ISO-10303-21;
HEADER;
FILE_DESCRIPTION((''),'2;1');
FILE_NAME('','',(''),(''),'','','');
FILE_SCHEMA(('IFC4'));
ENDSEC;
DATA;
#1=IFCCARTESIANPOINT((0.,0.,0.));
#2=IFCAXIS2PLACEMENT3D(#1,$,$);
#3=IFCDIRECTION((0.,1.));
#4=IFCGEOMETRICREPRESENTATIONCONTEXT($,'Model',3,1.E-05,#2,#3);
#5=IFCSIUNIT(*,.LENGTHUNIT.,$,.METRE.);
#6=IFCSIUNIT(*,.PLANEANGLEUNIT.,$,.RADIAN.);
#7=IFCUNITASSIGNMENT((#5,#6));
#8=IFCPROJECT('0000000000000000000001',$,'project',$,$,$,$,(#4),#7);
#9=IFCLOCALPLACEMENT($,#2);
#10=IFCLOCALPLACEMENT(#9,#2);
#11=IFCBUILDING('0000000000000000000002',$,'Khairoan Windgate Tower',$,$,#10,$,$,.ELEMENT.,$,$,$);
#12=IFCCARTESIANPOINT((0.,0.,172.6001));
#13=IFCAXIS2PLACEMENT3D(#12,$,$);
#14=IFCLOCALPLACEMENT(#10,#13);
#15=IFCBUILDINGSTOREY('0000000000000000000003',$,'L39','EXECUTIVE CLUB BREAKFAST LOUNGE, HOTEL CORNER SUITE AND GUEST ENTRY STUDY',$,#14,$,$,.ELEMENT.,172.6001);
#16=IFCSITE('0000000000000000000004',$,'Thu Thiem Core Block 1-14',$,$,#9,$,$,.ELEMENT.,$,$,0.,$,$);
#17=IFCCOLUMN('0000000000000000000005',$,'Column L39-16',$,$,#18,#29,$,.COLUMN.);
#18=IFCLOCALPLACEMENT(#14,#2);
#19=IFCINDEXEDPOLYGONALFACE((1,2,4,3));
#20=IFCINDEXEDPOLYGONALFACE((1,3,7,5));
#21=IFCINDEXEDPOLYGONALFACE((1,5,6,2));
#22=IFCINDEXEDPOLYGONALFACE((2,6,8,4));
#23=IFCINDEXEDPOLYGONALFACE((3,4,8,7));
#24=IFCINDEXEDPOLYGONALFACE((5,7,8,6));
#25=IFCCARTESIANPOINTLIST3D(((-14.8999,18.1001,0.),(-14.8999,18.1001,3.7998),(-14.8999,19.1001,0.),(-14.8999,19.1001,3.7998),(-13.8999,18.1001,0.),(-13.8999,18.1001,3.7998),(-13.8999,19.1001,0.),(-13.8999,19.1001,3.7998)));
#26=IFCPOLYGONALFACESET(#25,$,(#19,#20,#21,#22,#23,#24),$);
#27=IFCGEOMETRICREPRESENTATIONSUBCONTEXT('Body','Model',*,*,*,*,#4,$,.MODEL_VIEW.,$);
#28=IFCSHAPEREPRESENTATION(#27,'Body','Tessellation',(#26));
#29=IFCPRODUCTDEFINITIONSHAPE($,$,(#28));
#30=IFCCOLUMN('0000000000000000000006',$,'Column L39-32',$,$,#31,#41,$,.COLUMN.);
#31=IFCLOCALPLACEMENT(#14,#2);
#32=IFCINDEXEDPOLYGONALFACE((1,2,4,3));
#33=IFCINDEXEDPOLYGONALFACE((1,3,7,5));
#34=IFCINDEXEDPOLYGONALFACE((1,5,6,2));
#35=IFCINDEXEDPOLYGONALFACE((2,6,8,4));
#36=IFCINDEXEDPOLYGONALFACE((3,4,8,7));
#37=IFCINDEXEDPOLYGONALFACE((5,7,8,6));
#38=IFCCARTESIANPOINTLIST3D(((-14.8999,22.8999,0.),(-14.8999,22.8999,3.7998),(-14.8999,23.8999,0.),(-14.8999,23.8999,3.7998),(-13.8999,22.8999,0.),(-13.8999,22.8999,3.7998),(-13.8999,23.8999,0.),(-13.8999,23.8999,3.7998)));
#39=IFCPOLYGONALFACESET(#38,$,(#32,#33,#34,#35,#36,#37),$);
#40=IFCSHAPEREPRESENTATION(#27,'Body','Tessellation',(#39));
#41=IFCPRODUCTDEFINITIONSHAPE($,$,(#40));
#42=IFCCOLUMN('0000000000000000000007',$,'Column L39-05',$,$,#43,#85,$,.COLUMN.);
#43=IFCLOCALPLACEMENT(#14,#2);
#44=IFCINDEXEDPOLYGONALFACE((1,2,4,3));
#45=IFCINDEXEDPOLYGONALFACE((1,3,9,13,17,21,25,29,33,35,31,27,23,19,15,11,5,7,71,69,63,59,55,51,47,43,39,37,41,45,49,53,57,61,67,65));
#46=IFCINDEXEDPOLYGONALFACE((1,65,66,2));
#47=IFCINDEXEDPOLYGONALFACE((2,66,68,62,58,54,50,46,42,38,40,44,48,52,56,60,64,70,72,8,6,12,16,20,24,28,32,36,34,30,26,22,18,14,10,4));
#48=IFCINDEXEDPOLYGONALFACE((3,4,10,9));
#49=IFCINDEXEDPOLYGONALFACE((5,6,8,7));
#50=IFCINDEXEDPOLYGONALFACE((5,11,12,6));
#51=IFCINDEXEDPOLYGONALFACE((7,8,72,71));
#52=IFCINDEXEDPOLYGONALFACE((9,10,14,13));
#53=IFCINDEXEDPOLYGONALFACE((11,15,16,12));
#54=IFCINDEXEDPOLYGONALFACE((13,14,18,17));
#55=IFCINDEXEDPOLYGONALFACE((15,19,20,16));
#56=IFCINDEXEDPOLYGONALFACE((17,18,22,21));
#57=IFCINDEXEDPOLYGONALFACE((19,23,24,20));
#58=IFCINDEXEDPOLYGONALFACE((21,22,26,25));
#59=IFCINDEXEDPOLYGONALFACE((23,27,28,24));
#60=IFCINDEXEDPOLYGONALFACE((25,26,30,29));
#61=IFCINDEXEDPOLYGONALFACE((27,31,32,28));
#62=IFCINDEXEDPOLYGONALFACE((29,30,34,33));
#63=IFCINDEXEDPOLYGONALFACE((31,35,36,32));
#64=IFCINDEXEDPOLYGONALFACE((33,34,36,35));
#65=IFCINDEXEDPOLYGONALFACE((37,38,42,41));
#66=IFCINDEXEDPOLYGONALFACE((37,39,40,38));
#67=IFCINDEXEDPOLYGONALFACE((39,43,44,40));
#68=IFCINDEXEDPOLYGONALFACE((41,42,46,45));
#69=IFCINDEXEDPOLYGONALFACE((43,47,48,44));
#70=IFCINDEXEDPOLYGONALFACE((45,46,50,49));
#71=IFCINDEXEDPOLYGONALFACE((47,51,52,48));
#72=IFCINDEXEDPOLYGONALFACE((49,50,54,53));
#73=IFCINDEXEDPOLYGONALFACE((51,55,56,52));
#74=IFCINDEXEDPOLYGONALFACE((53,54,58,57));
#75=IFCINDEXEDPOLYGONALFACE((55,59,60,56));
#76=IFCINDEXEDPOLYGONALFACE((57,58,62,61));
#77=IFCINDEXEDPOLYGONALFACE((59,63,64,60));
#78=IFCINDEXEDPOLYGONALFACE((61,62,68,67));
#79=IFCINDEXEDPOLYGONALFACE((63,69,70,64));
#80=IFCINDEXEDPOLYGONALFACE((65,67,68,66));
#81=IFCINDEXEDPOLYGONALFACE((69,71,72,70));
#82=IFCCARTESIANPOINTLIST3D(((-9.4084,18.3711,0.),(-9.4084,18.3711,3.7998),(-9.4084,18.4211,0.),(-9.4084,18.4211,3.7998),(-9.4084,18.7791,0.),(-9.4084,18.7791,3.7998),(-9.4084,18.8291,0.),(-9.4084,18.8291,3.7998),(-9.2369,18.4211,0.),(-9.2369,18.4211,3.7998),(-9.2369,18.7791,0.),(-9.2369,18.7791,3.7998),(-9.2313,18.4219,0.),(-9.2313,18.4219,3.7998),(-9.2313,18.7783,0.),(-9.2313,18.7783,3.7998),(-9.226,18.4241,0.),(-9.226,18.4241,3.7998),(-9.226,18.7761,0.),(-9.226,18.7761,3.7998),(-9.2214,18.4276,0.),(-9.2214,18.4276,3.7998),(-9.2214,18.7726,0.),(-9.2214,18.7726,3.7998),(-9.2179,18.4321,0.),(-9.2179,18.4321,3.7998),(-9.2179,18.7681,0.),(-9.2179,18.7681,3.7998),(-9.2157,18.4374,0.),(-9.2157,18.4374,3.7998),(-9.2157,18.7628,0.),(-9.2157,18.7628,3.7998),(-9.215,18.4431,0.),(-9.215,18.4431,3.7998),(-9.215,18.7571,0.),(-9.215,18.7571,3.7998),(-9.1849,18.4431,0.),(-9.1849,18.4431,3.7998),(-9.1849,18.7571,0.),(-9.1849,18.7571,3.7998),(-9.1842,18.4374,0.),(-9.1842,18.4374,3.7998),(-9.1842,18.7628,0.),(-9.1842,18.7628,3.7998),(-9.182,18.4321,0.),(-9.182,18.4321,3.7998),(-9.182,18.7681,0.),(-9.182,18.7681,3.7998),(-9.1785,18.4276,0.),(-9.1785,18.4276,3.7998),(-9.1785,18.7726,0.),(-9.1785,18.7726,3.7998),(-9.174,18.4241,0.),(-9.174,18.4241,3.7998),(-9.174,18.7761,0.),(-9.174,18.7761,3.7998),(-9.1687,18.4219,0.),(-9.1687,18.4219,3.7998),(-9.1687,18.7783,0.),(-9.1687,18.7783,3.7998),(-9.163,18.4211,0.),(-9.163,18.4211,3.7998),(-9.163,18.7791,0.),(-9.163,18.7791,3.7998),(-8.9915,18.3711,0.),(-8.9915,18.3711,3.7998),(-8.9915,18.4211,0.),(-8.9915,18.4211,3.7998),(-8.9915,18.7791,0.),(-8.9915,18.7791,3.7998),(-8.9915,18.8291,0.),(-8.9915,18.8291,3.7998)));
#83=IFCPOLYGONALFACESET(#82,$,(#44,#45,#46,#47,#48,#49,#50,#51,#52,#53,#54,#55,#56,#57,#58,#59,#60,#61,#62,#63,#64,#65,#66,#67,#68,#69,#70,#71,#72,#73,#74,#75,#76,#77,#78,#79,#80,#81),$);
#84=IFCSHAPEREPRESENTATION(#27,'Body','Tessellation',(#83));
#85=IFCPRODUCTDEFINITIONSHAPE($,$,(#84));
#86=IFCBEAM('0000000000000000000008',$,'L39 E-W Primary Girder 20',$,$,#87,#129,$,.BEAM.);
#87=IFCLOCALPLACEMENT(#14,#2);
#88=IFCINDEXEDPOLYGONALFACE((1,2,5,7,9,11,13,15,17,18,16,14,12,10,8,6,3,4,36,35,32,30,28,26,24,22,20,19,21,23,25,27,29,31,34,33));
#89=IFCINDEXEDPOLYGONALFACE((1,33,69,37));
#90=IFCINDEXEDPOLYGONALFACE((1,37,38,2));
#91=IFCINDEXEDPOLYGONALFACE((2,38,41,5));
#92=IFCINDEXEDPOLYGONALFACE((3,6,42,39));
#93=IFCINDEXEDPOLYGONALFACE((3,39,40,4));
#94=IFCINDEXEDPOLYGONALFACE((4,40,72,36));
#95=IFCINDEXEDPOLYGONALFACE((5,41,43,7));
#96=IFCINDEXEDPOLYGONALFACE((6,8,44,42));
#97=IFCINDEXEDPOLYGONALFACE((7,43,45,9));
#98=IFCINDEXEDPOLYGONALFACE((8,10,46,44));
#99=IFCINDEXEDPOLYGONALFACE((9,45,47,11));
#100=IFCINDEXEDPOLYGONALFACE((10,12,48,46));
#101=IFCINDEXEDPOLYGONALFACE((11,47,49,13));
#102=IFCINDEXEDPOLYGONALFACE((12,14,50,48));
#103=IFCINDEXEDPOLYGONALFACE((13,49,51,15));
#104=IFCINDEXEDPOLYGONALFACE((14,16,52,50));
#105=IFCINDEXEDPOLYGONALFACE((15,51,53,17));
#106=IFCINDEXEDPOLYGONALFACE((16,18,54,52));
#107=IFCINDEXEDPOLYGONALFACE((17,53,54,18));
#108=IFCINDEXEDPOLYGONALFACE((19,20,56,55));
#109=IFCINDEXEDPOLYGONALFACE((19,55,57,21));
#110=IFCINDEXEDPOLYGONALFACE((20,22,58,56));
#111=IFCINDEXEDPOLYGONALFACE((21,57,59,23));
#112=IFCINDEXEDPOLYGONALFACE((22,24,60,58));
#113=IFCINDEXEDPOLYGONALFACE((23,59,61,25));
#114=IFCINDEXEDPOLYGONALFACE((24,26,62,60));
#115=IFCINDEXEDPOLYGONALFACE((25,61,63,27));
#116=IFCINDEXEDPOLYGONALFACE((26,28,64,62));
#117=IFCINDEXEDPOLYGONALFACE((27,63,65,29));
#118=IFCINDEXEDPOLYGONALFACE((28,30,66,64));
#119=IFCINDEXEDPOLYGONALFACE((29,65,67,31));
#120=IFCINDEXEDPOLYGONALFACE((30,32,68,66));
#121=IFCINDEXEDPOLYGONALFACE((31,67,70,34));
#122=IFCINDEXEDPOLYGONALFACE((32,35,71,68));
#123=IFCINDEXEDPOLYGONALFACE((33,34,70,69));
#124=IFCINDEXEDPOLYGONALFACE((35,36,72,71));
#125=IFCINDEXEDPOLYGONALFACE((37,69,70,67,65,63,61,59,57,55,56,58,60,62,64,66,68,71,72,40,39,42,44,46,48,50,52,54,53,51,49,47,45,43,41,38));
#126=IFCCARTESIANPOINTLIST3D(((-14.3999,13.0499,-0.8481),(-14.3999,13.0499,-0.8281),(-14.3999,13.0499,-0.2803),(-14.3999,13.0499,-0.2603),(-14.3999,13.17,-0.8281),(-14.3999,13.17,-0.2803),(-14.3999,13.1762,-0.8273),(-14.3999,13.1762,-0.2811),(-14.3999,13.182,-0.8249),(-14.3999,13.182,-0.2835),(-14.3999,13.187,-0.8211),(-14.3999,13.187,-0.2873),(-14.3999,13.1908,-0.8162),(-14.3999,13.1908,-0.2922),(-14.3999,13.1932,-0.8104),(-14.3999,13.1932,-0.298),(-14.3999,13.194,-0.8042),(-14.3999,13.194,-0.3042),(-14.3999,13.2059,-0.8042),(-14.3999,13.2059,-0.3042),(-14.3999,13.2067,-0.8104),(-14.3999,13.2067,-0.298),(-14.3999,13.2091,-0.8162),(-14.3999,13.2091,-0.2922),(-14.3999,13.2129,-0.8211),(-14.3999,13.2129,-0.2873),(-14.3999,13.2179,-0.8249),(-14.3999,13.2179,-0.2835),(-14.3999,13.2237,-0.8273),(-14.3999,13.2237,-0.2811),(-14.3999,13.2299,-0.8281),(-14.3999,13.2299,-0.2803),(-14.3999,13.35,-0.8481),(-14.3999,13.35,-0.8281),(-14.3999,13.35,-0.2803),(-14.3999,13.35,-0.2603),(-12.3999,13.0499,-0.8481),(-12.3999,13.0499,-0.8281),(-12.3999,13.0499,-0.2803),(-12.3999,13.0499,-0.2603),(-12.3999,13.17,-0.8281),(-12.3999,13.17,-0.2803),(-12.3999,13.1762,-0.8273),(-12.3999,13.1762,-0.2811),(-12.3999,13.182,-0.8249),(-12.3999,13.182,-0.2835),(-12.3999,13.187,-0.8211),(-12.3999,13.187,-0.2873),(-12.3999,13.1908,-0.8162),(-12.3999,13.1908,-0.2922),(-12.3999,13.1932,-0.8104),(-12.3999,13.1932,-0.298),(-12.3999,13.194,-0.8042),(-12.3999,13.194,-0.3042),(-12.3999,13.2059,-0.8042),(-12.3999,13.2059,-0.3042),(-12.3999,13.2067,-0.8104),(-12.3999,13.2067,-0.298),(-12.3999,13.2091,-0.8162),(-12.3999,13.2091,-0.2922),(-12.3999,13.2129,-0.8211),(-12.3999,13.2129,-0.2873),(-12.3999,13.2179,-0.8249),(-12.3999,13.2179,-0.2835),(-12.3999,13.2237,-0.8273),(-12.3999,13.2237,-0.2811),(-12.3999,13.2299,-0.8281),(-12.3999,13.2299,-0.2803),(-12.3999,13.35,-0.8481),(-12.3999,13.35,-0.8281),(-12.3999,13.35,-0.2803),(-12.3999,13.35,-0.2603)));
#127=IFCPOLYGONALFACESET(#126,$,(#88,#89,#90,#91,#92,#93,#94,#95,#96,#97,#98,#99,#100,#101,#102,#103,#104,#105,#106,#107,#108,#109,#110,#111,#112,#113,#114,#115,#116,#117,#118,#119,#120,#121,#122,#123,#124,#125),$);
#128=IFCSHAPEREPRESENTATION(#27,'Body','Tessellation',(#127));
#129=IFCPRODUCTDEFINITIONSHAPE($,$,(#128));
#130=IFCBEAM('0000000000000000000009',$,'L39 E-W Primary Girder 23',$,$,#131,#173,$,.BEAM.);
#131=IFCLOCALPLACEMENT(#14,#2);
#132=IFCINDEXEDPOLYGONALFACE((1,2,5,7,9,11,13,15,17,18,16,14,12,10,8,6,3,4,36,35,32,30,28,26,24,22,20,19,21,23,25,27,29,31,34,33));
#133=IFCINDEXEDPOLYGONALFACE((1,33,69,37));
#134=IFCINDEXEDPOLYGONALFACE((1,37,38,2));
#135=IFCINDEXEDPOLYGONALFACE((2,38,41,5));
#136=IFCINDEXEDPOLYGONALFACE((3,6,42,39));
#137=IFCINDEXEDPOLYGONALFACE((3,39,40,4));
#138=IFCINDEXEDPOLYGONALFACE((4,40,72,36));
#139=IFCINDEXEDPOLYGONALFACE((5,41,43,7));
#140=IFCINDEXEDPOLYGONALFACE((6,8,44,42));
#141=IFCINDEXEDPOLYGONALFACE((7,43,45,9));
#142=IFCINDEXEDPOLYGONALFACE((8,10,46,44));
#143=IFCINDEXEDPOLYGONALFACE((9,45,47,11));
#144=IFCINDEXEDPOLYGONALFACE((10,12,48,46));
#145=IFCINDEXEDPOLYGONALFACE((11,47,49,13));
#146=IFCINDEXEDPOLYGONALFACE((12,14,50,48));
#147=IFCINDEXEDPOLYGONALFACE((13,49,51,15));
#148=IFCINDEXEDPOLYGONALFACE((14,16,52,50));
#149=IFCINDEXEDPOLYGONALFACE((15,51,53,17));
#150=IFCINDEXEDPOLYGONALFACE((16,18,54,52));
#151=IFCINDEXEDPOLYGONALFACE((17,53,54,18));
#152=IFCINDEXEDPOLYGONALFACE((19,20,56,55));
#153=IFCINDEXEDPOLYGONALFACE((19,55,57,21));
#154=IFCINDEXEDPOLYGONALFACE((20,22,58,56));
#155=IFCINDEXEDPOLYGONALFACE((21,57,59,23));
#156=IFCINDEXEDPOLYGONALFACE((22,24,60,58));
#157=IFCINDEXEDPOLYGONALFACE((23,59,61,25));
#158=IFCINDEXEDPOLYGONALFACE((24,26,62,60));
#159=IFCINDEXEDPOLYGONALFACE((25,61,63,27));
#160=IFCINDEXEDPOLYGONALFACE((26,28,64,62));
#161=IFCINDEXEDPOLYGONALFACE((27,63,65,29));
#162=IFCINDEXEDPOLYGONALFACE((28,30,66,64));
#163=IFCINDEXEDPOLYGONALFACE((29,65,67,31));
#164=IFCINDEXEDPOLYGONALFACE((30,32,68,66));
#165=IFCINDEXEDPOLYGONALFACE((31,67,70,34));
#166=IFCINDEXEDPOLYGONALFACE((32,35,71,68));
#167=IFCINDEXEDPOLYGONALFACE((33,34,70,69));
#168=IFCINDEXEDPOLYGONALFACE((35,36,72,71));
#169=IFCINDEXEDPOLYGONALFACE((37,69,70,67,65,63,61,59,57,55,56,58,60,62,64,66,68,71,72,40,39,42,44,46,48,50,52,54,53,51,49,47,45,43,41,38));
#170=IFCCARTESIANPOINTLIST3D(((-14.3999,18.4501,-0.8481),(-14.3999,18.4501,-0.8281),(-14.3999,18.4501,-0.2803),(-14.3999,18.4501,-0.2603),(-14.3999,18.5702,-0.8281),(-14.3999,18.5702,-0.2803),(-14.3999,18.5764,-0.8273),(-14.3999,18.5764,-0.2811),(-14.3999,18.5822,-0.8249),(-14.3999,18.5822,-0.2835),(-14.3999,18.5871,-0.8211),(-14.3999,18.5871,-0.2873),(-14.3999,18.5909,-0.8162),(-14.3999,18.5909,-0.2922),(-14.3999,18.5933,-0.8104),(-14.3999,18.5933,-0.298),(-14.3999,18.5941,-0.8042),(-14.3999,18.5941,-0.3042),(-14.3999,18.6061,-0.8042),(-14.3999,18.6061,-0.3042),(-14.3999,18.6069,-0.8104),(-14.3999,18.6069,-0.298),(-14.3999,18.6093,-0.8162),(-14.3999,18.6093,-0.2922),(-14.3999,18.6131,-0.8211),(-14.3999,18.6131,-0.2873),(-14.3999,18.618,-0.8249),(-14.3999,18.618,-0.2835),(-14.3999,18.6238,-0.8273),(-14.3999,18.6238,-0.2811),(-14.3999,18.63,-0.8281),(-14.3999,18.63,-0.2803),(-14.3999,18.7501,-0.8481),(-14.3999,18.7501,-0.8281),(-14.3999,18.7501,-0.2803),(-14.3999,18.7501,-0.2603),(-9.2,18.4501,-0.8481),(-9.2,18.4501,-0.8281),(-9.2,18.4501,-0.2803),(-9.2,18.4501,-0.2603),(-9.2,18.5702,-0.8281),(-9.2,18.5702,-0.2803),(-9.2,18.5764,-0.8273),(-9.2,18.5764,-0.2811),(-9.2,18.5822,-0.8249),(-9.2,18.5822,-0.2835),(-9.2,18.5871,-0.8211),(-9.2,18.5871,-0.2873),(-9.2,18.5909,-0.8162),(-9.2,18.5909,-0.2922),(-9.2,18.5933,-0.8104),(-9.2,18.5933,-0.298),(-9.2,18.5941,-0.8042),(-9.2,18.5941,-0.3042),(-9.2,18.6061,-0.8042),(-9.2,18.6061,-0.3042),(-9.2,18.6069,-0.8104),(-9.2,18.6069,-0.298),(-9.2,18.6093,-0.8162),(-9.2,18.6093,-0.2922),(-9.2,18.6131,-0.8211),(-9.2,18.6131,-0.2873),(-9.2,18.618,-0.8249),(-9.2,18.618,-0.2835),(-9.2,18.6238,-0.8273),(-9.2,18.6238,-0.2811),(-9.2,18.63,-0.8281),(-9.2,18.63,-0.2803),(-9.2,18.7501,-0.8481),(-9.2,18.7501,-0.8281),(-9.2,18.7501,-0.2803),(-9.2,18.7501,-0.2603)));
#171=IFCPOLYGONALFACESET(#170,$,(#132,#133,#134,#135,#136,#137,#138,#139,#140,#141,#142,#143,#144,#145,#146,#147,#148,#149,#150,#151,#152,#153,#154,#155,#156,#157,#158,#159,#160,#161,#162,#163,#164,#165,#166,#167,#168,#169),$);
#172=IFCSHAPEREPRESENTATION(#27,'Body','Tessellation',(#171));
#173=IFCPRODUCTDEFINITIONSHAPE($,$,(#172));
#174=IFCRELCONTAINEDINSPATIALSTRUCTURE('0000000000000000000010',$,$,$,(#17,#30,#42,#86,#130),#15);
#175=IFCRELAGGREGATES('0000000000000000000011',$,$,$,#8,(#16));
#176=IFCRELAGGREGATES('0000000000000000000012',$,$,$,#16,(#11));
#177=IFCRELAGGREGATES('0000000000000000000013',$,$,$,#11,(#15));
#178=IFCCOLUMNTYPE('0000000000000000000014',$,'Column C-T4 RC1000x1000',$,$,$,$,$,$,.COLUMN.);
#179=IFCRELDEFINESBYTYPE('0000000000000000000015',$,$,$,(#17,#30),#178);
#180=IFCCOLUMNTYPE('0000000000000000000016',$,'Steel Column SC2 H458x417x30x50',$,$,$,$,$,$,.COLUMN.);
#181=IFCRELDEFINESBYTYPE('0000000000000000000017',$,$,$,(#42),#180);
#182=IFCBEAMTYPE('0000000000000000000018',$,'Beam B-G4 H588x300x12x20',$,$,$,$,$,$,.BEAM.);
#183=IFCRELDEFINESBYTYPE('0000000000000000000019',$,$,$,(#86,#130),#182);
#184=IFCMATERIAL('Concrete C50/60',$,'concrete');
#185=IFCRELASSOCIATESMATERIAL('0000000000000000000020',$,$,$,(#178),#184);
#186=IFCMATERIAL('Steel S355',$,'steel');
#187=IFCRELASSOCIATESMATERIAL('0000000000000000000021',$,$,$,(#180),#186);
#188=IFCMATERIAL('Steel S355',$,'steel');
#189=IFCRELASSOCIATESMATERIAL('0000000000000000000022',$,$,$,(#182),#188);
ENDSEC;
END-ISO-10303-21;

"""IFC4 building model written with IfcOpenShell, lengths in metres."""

from ifc_helpers import new_model, si_unit, direction, frame, origin, origin_2d, place, context, subcontext, project, spatial, rectangle, i_section, extrude, material, material_profile, profile_set, type_object, element, save


model = new_model("IFC4")

# Units and contexts
model_context = context("Model", 3, precision=1e-05, world=origin(), true_north=direction((0.0, 1.0)))
body_context = subcontext(model_context, "Body", "Model", "MODEL_VIEW")
ifc_project = project(units=[si_unit("LENGTHUNIT", "METRE"), si_unit("PLANEANGLEUNIT", "RADIAN")], contexts=[model_context])

# Site, building, storey
site_placement = place(None, origin())
site = spatial("IfcSite", under=ifc_project, at=site_placement, Name="Thu Thiem Core Block 1-14", CompositionType="ELEMENT", RefElevation=0.0)
building_placement = place(site_placement, origin())
building = spatial("IfcBuilding", under=site, at=building_placement, Name="Khairoan Windgate Tower", CompositionType="ELEMENT")
storey_placement = place(building_placement, frame((0.0, 0.0, 172.6001)))
storey = spatial("IfcBuildingStorey", under=building, at=storey_placement, Name="L39", Description="EXECUTIVE CLUB BREAKFAST LOUNGE, HOTEL CORNER SUITE AND GUEST ENTRY STUDY", CompositionType="ELEMENT", Elevation=172.6001)

# Columns
ifc_material_1 = material(Name="Concrete C50/60", Category="concrete")
ifc_material_profile_1 = material_profile(ifc_material_1, rectangle(XDim=1.0, YDim=1.0, at=origin_2d()))
ifc_profile_set_1 = profile_set([ifc_material_profile_1], Name="Concrete C50/60")
column_type_1 = type_object("IfcColumnType", Name="Column C-T4 RC1000x1000", PredefinedType="COLUMN", material=ifc_profile_set_1)
for number, where, z_axis, x_axis, name in (
    (1, (-14.3999, 18.6001, 0.0), (0.0, 0.0, 1.0), (1.0, 0.0, 0.0), "Column L39-16"),
    (2, (-14.3999, 23.3999, 0.0), (0.0, 0.0, 1.0), (1.0, 0.0, 0.0), "Column L39-32"),
):
    element("IfcColumn", number, at=place(storey_placement, frame(where, z_axis=z_axis, x_axis=x_axis)), inside=storey, type_object=column_type_1, Name=name, PredefinedType="COLUMN", context=body_context, shape_type="SweptSolid", body=[
        extrude(rectangle(XDim=1.0, YDim=1.0, at=origin_2d()), origin(), (0.0, 0.0, 1.0), 3.7998),
    ])
ifc_material_2 = material(Name="Steel S355", Category="steel")
ifc_material_profile_2 = material_profile(ifc_material_2, i_section(OverallWidth=0.417, OverallDepth=0.458, WebThickness=0.03, FlangeThickness=0.05, FilletRadius=0.022, at=origin_2d()))
ifc_profile_set_2 = profile_set([ifc_material_profile_2], Name="Steel S355")
column_type_2 = type_object("IfcColumnType", Name="Steel Column SC2 H458x417x30x50", PredefinedType="COLUMN", material=ifc_profile_set_2)
column_placement = place(storey_placement, frame((-9.2, 18.6001, 0.0), z_axis=(0.0, 0.0, 1.0), x_axis=(1.0, 0.0, 0.0)))
element("IfcColumn", 3, at=column_placement, inside=storey, type_object=column_type_2, Name="Column L39-05", PredefinedType="COLUMN", context=body_context, shape_type="SweptSolid", body=[
    extrude(i_section(OverallWidth=0.417, OverallDepth=0.458, WebThickness=0.03, FlangeThickness=0.05, FilletRadius=0.022, at=origin_2d()), origin(), (0.0, 0.0, 1.0), 3.7998),
])

# Beams
ifc_material_3 = material(Name="Steel S355", Category="steel")
ifc_material_profile_3 = material_profile(ifc_material_3, i_section(OverallWidth=0.3, OverallDepth=0.5879, WebThickness=0.012, FlangeThickness=0.02, FilletRadius=0.0239, at=origin_2d()))
ifc_profile_set_3 = profile_set([ifc_material_profile_3], Name="Steel S355")
beam_type = type_object("IfcBeamType", Name="Beam B-G4 H588x300x12x20", PredefinedType="BEAM", material=ifc_profile_set_3)
beam_1_placement = place(storey_placement, frame((-14.3999, 13.2, -0.5542), z_axis=(1.0, 0.0, 0.0), x_axis=(0.0, 1.0, 0.0)))
element("IfcBeam", 4, at=beam_1_placement, inside=storey, type_object=beam_type, Name="L39 E-W Primary Girder 20", PredefinedType="BEAM", context=body_context, shape_type="SweptSolid", body=[
    extrude(i_section(OverallWidth=0.3, OverallDepth=0.5879, WebThickness=0.012, FlangeThickness=0.02, FilletRadius=0.0239, at=origin_2d()), origin(), (0.0, 0.0, 1.0), 2.0),
])
beam_2_placement = place(storey_placement, frame((-14.3999, 18.6001, -0.5542), z_axis=(1.0, 0.0, 0.0), x_axis=(0.0, 1.0, 0.0)))
element("IfcBeam", 5, at=beam_2_placement, inside=storey, type_object=beam_type, Name="L39 E-W Primary Girder 23", PredefinedType="BEAM", context=body_context, shape_type="SweptSolid", body=[
    extrude(i_section(OverallWidth=0.3, OverallDepth=0.5879, WebThickness=0.012, FlangeThickness=0.02, FilletRadius=0.0239, at=origin_2d()), origin(), (0.0, 0.0, 1.0), 5.2),
])

save(model, "model.ifc")
